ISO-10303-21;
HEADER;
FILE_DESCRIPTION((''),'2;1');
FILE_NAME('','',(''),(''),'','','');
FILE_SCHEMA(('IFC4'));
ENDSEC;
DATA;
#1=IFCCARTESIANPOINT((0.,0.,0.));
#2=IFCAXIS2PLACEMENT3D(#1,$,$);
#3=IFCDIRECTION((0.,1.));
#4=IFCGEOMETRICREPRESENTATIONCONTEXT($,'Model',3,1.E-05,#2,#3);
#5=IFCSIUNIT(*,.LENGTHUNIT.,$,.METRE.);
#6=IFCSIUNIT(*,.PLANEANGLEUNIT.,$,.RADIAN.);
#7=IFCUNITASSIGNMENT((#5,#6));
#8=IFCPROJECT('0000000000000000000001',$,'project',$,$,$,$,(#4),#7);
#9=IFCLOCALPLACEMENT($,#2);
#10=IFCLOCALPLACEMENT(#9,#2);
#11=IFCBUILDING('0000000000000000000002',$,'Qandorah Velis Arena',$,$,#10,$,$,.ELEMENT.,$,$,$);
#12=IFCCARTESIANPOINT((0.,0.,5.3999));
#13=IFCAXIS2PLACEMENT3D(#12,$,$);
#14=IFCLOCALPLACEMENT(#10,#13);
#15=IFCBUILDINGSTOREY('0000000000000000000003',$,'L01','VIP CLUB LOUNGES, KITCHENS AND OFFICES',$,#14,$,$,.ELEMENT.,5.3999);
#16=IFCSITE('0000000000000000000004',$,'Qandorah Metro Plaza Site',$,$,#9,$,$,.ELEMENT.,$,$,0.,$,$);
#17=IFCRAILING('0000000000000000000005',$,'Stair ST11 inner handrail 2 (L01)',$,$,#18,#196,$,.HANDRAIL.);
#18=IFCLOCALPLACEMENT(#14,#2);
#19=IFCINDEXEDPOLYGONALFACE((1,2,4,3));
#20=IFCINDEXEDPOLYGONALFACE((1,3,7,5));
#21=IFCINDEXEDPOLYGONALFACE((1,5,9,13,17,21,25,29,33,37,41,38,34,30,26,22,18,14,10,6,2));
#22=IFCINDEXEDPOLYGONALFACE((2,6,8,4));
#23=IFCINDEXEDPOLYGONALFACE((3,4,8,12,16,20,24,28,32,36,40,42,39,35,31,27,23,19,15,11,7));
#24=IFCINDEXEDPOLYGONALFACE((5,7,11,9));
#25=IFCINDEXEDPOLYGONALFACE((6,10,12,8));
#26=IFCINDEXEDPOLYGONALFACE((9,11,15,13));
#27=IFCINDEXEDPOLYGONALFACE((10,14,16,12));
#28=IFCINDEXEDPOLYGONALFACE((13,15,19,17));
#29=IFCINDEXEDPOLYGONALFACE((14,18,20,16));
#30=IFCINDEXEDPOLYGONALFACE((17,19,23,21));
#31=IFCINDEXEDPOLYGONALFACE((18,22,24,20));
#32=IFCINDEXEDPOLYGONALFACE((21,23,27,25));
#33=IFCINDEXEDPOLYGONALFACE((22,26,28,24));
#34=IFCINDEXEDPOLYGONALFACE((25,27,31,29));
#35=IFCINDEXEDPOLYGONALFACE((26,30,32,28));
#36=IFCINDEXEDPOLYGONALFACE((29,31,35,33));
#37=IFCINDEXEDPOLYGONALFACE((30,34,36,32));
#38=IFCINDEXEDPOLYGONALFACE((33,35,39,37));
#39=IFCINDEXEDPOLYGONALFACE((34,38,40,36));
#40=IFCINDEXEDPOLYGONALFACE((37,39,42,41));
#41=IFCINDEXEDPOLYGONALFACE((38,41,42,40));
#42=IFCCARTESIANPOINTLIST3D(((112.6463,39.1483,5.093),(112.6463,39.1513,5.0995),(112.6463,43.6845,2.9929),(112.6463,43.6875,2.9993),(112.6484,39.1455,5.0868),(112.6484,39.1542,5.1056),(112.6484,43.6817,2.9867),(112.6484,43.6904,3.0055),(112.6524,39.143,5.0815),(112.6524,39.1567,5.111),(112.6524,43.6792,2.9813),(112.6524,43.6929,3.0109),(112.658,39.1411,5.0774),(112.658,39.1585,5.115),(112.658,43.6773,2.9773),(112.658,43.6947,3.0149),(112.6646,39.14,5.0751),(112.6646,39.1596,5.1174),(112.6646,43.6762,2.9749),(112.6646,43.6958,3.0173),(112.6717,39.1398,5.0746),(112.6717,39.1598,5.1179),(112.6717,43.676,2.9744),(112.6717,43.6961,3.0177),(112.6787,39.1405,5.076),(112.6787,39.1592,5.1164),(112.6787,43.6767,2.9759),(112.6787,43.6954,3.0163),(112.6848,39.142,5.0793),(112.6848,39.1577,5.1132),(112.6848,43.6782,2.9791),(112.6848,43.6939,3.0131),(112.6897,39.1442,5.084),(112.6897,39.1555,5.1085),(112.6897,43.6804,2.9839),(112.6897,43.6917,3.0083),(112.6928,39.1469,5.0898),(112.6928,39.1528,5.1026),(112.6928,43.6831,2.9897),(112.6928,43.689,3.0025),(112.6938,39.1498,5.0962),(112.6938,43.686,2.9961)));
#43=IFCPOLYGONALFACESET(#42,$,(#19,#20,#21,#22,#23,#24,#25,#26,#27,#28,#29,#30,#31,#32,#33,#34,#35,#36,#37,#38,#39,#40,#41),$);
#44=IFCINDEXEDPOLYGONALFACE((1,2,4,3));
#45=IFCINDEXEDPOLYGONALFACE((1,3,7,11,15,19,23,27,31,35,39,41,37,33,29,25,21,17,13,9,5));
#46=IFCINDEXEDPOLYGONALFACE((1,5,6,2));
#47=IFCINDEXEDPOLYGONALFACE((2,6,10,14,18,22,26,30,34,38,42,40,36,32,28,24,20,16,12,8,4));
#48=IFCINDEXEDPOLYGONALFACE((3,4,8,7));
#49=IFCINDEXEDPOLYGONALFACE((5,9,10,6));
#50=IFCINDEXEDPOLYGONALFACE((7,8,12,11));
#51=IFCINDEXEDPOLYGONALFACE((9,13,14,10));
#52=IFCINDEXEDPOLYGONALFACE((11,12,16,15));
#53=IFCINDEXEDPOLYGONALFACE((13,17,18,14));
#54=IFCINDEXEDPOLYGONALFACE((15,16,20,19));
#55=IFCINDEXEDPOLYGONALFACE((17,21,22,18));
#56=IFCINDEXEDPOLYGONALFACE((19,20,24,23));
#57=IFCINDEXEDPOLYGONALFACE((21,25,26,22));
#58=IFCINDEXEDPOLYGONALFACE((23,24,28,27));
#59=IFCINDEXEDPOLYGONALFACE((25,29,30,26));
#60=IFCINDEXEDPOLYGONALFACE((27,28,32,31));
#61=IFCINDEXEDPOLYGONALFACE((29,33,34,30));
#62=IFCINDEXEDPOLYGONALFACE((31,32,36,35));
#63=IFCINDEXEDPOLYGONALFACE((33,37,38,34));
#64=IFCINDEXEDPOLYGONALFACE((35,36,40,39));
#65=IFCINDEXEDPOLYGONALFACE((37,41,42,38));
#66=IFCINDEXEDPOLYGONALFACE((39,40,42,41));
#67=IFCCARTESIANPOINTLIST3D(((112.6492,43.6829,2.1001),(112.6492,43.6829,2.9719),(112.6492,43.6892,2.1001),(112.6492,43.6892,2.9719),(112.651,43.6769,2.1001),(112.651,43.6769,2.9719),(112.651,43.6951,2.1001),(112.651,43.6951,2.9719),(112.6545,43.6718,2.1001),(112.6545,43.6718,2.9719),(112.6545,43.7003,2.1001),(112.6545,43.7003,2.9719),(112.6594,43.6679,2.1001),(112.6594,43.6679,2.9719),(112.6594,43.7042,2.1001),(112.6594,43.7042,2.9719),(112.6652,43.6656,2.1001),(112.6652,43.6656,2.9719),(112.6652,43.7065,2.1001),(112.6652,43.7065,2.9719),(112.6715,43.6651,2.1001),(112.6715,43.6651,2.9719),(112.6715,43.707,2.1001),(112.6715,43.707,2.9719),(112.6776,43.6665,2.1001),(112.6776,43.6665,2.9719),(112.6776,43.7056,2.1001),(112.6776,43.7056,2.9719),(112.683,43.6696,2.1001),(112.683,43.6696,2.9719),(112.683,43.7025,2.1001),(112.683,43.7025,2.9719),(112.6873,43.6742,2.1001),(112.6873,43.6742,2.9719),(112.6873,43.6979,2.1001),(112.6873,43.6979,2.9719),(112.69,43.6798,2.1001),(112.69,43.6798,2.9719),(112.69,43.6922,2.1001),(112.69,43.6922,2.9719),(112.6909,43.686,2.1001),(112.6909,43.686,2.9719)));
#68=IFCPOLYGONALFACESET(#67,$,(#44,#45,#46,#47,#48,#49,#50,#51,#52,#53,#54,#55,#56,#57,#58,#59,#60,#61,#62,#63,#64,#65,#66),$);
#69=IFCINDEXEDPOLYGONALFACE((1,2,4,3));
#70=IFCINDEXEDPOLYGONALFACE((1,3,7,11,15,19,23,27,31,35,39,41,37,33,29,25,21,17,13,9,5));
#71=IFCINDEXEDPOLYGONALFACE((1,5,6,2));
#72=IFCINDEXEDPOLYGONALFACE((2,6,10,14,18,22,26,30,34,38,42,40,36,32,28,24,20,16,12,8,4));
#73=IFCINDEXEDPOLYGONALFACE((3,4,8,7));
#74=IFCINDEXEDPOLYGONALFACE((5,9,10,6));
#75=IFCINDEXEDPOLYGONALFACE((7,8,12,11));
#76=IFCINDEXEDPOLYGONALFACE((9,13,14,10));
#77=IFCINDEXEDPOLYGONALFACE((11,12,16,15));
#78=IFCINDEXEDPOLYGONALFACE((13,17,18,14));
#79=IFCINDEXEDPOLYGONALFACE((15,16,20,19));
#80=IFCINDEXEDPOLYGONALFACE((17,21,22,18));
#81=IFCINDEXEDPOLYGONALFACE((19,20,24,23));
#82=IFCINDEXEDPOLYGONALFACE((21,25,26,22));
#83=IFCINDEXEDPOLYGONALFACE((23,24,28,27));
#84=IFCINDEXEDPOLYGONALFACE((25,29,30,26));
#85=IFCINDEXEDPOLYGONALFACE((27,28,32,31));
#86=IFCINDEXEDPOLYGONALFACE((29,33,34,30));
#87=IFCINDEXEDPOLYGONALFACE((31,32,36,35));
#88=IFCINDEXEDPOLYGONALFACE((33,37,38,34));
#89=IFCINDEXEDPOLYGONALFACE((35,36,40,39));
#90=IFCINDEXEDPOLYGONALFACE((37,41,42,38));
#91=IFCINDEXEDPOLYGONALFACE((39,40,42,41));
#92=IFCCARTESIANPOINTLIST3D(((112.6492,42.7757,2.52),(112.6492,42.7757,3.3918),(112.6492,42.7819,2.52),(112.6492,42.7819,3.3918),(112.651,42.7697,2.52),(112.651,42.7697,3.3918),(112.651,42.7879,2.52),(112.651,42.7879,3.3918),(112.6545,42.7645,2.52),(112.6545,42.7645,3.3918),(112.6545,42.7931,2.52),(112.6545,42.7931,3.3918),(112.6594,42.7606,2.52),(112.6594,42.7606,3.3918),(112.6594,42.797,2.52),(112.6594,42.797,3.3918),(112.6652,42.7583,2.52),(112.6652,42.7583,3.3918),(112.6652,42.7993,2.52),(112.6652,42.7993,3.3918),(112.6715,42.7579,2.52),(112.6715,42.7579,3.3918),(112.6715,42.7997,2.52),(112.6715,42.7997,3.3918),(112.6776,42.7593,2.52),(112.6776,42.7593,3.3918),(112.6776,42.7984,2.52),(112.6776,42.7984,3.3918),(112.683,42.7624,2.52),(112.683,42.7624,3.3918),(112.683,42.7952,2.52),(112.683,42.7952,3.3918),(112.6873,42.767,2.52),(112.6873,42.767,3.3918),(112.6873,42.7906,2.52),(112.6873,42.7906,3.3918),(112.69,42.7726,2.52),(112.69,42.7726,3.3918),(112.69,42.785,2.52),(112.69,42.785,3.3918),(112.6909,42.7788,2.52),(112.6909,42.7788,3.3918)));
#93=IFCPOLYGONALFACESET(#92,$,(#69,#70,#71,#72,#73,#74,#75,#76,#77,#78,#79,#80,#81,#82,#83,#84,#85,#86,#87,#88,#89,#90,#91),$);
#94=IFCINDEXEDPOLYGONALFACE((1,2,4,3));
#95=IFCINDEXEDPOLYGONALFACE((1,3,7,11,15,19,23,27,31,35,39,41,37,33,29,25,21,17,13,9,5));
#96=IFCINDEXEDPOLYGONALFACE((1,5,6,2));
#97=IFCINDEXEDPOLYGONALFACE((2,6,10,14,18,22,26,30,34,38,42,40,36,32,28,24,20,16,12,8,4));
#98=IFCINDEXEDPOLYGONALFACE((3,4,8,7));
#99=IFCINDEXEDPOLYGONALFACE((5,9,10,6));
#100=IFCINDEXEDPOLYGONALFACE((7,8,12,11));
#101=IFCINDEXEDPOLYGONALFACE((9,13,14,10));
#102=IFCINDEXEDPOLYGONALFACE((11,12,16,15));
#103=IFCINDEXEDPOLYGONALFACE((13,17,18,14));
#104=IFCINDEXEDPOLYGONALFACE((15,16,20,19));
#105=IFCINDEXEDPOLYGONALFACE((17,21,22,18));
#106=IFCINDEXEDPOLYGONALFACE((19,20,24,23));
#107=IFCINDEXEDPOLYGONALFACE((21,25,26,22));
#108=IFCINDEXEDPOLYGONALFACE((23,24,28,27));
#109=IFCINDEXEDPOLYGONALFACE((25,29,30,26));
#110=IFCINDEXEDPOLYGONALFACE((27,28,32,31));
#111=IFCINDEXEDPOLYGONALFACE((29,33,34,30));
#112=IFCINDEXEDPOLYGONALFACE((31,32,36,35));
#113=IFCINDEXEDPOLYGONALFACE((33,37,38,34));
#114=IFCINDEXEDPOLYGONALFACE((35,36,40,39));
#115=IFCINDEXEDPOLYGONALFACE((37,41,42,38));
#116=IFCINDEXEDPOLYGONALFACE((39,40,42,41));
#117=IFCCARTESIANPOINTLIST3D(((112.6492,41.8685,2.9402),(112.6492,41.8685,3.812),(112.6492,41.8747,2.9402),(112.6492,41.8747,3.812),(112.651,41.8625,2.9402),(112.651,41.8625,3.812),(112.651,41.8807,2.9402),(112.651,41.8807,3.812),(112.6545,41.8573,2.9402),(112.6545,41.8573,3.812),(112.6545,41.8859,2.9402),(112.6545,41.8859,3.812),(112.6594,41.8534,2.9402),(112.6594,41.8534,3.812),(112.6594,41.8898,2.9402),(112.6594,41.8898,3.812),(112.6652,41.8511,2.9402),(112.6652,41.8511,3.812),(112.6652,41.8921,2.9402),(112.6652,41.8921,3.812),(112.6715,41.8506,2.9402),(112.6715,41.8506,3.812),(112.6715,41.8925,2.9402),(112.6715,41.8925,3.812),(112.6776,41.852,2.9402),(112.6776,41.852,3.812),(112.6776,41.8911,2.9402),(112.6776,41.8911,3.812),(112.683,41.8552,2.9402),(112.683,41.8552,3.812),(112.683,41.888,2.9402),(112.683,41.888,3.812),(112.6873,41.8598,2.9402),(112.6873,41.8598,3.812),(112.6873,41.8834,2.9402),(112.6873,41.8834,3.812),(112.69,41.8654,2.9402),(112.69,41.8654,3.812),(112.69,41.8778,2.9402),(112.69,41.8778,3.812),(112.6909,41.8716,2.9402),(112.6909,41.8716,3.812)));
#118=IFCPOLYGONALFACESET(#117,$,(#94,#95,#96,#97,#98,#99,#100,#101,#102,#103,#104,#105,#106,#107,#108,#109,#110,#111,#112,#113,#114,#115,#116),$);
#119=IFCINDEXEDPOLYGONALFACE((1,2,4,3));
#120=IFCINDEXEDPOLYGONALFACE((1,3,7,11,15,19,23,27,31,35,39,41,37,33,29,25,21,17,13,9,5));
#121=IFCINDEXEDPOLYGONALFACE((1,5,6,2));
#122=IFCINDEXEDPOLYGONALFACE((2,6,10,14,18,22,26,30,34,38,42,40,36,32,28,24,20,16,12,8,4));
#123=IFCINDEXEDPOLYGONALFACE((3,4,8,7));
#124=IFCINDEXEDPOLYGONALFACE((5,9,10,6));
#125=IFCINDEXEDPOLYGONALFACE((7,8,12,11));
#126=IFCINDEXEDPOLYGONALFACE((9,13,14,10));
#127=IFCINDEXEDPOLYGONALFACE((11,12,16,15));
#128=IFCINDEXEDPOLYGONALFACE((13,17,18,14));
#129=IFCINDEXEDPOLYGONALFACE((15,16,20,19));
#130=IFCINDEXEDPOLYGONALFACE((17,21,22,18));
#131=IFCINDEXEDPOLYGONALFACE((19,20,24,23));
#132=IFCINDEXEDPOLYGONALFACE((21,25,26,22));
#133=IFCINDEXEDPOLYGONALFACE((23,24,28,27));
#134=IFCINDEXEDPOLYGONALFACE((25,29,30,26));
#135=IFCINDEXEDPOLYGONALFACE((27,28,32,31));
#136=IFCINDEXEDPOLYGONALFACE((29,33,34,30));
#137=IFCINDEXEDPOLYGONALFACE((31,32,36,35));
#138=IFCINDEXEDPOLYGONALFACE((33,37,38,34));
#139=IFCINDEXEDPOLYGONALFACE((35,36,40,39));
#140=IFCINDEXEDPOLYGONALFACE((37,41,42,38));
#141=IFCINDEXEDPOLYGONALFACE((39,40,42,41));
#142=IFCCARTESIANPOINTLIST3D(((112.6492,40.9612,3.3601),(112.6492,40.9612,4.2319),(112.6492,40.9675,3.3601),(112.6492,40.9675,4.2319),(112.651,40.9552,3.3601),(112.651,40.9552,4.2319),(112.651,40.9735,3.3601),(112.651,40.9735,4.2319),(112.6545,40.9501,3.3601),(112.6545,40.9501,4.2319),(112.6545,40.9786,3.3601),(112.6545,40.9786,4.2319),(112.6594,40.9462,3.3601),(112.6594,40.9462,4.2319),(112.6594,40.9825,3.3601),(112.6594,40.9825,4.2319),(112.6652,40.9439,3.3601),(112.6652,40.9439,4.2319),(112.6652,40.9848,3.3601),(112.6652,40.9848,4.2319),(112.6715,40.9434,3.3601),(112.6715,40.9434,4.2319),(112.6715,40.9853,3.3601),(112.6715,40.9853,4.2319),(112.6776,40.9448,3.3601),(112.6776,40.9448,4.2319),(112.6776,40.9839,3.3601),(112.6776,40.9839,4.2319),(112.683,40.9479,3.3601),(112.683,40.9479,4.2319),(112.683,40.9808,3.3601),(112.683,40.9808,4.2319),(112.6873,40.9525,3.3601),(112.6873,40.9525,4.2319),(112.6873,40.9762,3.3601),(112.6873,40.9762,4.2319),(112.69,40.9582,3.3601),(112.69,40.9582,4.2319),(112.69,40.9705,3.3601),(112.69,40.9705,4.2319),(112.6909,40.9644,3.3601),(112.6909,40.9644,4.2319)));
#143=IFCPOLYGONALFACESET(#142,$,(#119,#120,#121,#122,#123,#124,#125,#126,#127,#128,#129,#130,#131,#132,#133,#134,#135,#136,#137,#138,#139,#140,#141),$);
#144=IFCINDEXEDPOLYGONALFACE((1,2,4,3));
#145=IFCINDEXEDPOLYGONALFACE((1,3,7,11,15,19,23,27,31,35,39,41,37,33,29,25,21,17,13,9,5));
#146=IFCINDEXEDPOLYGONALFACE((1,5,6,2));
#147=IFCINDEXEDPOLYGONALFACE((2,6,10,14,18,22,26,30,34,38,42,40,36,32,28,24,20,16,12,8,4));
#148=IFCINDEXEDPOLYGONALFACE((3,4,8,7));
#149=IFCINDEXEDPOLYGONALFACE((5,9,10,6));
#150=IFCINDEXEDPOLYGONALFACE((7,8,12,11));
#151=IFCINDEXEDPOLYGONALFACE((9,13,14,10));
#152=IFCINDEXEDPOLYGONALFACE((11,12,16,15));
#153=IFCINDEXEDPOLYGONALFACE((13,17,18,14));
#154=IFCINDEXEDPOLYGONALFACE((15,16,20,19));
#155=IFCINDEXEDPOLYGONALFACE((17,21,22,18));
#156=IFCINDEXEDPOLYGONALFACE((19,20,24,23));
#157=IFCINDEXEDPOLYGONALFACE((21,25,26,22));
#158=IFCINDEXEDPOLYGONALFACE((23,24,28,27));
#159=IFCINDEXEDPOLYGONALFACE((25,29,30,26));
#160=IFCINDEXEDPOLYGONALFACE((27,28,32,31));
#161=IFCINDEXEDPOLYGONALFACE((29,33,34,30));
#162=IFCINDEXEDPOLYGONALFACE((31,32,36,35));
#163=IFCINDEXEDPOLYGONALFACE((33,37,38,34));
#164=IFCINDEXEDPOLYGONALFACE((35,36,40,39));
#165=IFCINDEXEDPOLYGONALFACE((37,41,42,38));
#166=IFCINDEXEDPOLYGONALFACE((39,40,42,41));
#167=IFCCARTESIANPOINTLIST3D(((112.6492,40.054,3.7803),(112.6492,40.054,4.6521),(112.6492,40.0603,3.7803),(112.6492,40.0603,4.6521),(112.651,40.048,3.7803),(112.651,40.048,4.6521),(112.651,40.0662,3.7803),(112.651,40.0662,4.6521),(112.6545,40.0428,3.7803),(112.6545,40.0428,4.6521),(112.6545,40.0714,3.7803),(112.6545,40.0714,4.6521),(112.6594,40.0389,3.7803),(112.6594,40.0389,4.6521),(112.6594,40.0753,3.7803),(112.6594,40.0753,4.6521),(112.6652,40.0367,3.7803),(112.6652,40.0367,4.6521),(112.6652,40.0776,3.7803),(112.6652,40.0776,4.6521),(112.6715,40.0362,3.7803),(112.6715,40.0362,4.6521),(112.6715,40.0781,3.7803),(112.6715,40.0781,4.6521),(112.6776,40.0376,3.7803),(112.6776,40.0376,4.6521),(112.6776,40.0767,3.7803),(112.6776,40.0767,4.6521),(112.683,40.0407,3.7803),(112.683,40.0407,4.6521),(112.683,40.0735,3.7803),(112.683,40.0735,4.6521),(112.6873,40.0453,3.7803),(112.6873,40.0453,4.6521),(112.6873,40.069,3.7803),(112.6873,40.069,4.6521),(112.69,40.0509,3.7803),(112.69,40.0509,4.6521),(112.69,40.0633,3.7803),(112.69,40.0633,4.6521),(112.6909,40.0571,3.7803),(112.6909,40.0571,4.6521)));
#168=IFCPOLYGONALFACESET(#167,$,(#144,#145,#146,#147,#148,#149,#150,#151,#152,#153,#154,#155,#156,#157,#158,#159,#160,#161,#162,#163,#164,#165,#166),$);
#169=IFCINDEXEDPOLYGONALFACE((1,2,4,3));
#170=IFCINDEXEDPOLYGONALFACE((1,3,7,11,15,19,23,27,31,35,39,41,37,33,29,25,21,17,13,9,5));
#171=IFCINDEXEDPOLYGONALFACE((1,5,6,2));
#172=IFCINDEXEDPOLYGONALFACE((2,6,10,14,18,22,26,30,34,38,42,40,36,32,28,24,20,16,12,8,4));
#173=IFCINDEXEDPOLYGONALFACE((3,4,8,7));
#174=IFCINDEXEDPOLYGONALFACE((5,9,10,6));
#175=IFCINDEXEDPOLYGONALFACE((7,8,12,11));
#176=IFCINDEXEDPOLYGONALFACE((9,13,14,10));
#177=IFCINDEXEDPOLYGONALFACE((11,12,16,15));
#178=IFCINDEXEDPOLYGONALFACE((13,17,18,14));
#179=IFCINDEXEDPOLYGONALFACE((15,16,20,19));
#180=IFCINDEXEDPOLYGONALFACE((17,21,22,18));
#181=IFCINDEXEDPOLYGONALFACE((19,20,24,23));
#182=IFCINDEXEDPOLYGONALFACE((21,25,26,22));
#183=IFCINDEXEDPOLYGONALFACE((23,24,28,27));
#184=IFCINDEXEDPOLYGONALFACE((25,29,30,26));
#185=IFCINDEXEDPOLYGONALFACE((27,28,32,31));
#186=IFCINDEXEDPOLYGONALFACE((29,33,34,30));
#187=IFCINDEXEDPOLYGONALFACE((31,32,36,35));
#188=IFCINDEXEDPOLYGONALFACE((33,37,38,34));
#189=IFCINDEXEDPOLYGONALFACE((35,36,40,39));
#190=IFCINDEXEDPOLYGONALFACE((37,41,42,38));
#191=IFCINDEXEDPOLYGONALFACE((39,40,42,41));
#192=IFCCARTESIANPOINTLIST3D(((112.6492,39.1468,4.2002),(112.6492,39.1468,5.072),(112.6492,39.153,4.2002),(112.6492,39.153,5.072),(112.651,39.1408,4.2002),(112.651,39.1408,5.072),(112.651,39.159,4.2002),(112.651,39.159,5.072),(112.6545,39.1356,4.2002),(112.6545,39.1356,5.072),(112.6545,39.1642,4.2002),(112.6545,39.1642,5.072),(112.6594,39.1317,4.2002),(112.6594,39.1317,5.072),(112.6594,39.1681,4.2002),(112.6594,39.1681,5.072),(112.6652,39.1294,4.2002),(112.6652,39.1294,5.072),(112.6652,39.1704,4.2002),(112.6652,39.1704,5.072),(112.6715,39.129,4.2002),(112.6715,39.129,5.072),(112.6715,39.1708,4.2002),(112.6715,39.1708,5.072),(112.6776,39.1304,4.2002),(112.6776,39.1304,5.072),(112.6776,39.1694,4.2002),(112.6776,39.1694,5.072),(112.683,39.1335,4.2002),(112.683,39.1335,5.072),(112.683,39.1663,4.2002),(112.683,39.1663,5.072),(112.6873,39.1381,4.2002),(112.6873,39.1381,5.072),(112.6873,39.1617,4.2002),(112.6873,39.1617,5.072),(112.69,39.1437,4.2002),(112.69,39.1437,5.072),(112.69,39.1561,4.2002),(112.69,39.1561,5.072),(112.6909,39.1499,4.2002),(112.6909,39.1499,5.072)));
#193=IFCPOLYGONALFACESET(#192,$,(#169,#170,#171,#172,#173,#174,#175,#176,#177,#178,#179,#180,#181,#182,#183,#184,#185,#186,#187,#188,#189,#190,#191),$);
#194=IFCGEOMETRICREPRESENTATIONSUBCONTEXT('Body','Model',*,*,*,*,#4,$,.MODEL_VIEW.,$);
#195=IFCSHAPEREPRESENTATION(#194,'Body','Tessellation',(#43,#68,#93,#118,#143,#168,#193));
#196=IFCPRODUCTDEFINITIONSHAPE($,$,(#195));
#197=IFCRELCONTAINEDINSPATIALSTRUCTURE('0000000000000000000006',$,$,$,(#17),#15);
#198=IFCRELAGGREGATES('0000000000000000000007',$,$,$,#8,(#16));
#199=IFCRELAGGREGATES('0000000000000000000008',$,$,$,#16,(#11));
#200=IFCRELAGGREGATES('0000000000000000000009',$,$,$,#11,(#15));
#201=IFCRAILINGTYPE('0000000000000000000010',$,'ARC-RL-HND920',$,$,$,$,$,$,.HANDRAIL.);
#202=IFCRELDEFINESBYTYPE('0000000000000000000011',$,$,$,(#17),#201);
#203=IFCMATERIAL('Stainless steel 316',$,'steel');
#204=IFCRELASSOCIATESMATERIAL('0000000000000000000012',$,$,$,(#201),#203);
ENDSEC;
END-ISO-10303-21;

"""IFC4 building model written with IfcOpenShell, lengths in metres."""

from ifc_helpers import new_model, si_unit, direction, frame, origin, origin_2d, place, context, subcontext, project, spatial, circle, extrude, material, type_object, element, save


model = new_model("IFC4")

# Units and contexts
model_context = context("Model", 3, precision=1e-05, world=origin(), true_north=direction((0.0, 1.0)))
body_context = subcontext(model_context, "Body", "Model", "MODEL_VIEW")
ifc_project = project(units=[si_unit("LENGTHUNIT", "METRE"), si_unit("PLANEANGLEUNIT", "RADIAN")], contexts=[model_context])

# Site, building, storey
site_placement = place(None, origin())
site = spatial("IfcSite", under=ifc_project, at=site_placement, Name="Qandorah Metro Plaza Site", CompositionType="ELEMENT", RefElevation=0.0)
building_placement = place(site_placement, origin())
building = spatial("IfcBuilding", under=site, at=building_placement, Name="Qandorah Velis Arena", CompositionType="ELEMENT")
storey_placement = place(building_placement, frame((0.0, 0.0, 5.3999)))
storey = spatial("IfcBuildingStorey", under=building, at=storey_placement, Name="L01", Description="VIP CLUB LOUNGES, KITCHENS AND OFFICES", CompositionType="ELEMENT", Elevation=5.3999)

# Railing
ifc_material_1 = material(Name="Stainless steel 316", Category="steel")
railing_type_1 = type_object("IfcRailingType", Name="ARC-RL-HND920", PredefinedType="HANDRAIL", material=ifc_material_1)
railing_1_placement = place(storey_placement, frame((112.6699, 43.686, 2.1001)))
element("IfcRailing", 1, at=railing_1_placement, inside=storey, type_object=railing_type_1, Name="Stair ST11 inner handrail 2 (L01)", PredefinedType="HANDRAIL", context=body_context, shape_type="SweptSolid", body=[
    extrude(circle(Radius=0.0239, at=origin_2d()), frame((0.0, 0.0, 0.896), z_axis=(0.0, -0.907464, 0.42013), x_axis=(1.0, 0.0, 0.0)), (0.0, 0.0, 1.0), 4.9988),
    extrude(circle(Radius=0.021, at=origin_2d()), origin(), (0.0, 0.0, 1.0), 0.8718),
    extrude(circle(Radius=0.021, at=origin_2d()), frame((0.0, -0.9072, 0.4199)), (0.0, 0.0, 1.0), 0.8718),
    extrude(circle(Radius=0.021, at=origin_2d()), frame((0.0, -1.8145, 0.8401)), (0.0, 0.0, 1.0), 0.8718),
    extrude(circle(Radius=0.021, at=origin_2d()), frame((0.0, -2.7217, 1.26)), (0.0, 0.0, 1.0), 0.8718),
    extrude(circle(Radius=0.021, at=origin_2d()), frame((0.0, -3.6289, 1.6802)), (0.0, 0.0, 1.0), 0.8718),
    extrude(circle(Radius=0.021, at=origin_2d()), frame((0.0, -4.5361, 2.1001)), (0.0, 0.0, 1.0), 0.8718),
])

save(model, "model.ifc")
